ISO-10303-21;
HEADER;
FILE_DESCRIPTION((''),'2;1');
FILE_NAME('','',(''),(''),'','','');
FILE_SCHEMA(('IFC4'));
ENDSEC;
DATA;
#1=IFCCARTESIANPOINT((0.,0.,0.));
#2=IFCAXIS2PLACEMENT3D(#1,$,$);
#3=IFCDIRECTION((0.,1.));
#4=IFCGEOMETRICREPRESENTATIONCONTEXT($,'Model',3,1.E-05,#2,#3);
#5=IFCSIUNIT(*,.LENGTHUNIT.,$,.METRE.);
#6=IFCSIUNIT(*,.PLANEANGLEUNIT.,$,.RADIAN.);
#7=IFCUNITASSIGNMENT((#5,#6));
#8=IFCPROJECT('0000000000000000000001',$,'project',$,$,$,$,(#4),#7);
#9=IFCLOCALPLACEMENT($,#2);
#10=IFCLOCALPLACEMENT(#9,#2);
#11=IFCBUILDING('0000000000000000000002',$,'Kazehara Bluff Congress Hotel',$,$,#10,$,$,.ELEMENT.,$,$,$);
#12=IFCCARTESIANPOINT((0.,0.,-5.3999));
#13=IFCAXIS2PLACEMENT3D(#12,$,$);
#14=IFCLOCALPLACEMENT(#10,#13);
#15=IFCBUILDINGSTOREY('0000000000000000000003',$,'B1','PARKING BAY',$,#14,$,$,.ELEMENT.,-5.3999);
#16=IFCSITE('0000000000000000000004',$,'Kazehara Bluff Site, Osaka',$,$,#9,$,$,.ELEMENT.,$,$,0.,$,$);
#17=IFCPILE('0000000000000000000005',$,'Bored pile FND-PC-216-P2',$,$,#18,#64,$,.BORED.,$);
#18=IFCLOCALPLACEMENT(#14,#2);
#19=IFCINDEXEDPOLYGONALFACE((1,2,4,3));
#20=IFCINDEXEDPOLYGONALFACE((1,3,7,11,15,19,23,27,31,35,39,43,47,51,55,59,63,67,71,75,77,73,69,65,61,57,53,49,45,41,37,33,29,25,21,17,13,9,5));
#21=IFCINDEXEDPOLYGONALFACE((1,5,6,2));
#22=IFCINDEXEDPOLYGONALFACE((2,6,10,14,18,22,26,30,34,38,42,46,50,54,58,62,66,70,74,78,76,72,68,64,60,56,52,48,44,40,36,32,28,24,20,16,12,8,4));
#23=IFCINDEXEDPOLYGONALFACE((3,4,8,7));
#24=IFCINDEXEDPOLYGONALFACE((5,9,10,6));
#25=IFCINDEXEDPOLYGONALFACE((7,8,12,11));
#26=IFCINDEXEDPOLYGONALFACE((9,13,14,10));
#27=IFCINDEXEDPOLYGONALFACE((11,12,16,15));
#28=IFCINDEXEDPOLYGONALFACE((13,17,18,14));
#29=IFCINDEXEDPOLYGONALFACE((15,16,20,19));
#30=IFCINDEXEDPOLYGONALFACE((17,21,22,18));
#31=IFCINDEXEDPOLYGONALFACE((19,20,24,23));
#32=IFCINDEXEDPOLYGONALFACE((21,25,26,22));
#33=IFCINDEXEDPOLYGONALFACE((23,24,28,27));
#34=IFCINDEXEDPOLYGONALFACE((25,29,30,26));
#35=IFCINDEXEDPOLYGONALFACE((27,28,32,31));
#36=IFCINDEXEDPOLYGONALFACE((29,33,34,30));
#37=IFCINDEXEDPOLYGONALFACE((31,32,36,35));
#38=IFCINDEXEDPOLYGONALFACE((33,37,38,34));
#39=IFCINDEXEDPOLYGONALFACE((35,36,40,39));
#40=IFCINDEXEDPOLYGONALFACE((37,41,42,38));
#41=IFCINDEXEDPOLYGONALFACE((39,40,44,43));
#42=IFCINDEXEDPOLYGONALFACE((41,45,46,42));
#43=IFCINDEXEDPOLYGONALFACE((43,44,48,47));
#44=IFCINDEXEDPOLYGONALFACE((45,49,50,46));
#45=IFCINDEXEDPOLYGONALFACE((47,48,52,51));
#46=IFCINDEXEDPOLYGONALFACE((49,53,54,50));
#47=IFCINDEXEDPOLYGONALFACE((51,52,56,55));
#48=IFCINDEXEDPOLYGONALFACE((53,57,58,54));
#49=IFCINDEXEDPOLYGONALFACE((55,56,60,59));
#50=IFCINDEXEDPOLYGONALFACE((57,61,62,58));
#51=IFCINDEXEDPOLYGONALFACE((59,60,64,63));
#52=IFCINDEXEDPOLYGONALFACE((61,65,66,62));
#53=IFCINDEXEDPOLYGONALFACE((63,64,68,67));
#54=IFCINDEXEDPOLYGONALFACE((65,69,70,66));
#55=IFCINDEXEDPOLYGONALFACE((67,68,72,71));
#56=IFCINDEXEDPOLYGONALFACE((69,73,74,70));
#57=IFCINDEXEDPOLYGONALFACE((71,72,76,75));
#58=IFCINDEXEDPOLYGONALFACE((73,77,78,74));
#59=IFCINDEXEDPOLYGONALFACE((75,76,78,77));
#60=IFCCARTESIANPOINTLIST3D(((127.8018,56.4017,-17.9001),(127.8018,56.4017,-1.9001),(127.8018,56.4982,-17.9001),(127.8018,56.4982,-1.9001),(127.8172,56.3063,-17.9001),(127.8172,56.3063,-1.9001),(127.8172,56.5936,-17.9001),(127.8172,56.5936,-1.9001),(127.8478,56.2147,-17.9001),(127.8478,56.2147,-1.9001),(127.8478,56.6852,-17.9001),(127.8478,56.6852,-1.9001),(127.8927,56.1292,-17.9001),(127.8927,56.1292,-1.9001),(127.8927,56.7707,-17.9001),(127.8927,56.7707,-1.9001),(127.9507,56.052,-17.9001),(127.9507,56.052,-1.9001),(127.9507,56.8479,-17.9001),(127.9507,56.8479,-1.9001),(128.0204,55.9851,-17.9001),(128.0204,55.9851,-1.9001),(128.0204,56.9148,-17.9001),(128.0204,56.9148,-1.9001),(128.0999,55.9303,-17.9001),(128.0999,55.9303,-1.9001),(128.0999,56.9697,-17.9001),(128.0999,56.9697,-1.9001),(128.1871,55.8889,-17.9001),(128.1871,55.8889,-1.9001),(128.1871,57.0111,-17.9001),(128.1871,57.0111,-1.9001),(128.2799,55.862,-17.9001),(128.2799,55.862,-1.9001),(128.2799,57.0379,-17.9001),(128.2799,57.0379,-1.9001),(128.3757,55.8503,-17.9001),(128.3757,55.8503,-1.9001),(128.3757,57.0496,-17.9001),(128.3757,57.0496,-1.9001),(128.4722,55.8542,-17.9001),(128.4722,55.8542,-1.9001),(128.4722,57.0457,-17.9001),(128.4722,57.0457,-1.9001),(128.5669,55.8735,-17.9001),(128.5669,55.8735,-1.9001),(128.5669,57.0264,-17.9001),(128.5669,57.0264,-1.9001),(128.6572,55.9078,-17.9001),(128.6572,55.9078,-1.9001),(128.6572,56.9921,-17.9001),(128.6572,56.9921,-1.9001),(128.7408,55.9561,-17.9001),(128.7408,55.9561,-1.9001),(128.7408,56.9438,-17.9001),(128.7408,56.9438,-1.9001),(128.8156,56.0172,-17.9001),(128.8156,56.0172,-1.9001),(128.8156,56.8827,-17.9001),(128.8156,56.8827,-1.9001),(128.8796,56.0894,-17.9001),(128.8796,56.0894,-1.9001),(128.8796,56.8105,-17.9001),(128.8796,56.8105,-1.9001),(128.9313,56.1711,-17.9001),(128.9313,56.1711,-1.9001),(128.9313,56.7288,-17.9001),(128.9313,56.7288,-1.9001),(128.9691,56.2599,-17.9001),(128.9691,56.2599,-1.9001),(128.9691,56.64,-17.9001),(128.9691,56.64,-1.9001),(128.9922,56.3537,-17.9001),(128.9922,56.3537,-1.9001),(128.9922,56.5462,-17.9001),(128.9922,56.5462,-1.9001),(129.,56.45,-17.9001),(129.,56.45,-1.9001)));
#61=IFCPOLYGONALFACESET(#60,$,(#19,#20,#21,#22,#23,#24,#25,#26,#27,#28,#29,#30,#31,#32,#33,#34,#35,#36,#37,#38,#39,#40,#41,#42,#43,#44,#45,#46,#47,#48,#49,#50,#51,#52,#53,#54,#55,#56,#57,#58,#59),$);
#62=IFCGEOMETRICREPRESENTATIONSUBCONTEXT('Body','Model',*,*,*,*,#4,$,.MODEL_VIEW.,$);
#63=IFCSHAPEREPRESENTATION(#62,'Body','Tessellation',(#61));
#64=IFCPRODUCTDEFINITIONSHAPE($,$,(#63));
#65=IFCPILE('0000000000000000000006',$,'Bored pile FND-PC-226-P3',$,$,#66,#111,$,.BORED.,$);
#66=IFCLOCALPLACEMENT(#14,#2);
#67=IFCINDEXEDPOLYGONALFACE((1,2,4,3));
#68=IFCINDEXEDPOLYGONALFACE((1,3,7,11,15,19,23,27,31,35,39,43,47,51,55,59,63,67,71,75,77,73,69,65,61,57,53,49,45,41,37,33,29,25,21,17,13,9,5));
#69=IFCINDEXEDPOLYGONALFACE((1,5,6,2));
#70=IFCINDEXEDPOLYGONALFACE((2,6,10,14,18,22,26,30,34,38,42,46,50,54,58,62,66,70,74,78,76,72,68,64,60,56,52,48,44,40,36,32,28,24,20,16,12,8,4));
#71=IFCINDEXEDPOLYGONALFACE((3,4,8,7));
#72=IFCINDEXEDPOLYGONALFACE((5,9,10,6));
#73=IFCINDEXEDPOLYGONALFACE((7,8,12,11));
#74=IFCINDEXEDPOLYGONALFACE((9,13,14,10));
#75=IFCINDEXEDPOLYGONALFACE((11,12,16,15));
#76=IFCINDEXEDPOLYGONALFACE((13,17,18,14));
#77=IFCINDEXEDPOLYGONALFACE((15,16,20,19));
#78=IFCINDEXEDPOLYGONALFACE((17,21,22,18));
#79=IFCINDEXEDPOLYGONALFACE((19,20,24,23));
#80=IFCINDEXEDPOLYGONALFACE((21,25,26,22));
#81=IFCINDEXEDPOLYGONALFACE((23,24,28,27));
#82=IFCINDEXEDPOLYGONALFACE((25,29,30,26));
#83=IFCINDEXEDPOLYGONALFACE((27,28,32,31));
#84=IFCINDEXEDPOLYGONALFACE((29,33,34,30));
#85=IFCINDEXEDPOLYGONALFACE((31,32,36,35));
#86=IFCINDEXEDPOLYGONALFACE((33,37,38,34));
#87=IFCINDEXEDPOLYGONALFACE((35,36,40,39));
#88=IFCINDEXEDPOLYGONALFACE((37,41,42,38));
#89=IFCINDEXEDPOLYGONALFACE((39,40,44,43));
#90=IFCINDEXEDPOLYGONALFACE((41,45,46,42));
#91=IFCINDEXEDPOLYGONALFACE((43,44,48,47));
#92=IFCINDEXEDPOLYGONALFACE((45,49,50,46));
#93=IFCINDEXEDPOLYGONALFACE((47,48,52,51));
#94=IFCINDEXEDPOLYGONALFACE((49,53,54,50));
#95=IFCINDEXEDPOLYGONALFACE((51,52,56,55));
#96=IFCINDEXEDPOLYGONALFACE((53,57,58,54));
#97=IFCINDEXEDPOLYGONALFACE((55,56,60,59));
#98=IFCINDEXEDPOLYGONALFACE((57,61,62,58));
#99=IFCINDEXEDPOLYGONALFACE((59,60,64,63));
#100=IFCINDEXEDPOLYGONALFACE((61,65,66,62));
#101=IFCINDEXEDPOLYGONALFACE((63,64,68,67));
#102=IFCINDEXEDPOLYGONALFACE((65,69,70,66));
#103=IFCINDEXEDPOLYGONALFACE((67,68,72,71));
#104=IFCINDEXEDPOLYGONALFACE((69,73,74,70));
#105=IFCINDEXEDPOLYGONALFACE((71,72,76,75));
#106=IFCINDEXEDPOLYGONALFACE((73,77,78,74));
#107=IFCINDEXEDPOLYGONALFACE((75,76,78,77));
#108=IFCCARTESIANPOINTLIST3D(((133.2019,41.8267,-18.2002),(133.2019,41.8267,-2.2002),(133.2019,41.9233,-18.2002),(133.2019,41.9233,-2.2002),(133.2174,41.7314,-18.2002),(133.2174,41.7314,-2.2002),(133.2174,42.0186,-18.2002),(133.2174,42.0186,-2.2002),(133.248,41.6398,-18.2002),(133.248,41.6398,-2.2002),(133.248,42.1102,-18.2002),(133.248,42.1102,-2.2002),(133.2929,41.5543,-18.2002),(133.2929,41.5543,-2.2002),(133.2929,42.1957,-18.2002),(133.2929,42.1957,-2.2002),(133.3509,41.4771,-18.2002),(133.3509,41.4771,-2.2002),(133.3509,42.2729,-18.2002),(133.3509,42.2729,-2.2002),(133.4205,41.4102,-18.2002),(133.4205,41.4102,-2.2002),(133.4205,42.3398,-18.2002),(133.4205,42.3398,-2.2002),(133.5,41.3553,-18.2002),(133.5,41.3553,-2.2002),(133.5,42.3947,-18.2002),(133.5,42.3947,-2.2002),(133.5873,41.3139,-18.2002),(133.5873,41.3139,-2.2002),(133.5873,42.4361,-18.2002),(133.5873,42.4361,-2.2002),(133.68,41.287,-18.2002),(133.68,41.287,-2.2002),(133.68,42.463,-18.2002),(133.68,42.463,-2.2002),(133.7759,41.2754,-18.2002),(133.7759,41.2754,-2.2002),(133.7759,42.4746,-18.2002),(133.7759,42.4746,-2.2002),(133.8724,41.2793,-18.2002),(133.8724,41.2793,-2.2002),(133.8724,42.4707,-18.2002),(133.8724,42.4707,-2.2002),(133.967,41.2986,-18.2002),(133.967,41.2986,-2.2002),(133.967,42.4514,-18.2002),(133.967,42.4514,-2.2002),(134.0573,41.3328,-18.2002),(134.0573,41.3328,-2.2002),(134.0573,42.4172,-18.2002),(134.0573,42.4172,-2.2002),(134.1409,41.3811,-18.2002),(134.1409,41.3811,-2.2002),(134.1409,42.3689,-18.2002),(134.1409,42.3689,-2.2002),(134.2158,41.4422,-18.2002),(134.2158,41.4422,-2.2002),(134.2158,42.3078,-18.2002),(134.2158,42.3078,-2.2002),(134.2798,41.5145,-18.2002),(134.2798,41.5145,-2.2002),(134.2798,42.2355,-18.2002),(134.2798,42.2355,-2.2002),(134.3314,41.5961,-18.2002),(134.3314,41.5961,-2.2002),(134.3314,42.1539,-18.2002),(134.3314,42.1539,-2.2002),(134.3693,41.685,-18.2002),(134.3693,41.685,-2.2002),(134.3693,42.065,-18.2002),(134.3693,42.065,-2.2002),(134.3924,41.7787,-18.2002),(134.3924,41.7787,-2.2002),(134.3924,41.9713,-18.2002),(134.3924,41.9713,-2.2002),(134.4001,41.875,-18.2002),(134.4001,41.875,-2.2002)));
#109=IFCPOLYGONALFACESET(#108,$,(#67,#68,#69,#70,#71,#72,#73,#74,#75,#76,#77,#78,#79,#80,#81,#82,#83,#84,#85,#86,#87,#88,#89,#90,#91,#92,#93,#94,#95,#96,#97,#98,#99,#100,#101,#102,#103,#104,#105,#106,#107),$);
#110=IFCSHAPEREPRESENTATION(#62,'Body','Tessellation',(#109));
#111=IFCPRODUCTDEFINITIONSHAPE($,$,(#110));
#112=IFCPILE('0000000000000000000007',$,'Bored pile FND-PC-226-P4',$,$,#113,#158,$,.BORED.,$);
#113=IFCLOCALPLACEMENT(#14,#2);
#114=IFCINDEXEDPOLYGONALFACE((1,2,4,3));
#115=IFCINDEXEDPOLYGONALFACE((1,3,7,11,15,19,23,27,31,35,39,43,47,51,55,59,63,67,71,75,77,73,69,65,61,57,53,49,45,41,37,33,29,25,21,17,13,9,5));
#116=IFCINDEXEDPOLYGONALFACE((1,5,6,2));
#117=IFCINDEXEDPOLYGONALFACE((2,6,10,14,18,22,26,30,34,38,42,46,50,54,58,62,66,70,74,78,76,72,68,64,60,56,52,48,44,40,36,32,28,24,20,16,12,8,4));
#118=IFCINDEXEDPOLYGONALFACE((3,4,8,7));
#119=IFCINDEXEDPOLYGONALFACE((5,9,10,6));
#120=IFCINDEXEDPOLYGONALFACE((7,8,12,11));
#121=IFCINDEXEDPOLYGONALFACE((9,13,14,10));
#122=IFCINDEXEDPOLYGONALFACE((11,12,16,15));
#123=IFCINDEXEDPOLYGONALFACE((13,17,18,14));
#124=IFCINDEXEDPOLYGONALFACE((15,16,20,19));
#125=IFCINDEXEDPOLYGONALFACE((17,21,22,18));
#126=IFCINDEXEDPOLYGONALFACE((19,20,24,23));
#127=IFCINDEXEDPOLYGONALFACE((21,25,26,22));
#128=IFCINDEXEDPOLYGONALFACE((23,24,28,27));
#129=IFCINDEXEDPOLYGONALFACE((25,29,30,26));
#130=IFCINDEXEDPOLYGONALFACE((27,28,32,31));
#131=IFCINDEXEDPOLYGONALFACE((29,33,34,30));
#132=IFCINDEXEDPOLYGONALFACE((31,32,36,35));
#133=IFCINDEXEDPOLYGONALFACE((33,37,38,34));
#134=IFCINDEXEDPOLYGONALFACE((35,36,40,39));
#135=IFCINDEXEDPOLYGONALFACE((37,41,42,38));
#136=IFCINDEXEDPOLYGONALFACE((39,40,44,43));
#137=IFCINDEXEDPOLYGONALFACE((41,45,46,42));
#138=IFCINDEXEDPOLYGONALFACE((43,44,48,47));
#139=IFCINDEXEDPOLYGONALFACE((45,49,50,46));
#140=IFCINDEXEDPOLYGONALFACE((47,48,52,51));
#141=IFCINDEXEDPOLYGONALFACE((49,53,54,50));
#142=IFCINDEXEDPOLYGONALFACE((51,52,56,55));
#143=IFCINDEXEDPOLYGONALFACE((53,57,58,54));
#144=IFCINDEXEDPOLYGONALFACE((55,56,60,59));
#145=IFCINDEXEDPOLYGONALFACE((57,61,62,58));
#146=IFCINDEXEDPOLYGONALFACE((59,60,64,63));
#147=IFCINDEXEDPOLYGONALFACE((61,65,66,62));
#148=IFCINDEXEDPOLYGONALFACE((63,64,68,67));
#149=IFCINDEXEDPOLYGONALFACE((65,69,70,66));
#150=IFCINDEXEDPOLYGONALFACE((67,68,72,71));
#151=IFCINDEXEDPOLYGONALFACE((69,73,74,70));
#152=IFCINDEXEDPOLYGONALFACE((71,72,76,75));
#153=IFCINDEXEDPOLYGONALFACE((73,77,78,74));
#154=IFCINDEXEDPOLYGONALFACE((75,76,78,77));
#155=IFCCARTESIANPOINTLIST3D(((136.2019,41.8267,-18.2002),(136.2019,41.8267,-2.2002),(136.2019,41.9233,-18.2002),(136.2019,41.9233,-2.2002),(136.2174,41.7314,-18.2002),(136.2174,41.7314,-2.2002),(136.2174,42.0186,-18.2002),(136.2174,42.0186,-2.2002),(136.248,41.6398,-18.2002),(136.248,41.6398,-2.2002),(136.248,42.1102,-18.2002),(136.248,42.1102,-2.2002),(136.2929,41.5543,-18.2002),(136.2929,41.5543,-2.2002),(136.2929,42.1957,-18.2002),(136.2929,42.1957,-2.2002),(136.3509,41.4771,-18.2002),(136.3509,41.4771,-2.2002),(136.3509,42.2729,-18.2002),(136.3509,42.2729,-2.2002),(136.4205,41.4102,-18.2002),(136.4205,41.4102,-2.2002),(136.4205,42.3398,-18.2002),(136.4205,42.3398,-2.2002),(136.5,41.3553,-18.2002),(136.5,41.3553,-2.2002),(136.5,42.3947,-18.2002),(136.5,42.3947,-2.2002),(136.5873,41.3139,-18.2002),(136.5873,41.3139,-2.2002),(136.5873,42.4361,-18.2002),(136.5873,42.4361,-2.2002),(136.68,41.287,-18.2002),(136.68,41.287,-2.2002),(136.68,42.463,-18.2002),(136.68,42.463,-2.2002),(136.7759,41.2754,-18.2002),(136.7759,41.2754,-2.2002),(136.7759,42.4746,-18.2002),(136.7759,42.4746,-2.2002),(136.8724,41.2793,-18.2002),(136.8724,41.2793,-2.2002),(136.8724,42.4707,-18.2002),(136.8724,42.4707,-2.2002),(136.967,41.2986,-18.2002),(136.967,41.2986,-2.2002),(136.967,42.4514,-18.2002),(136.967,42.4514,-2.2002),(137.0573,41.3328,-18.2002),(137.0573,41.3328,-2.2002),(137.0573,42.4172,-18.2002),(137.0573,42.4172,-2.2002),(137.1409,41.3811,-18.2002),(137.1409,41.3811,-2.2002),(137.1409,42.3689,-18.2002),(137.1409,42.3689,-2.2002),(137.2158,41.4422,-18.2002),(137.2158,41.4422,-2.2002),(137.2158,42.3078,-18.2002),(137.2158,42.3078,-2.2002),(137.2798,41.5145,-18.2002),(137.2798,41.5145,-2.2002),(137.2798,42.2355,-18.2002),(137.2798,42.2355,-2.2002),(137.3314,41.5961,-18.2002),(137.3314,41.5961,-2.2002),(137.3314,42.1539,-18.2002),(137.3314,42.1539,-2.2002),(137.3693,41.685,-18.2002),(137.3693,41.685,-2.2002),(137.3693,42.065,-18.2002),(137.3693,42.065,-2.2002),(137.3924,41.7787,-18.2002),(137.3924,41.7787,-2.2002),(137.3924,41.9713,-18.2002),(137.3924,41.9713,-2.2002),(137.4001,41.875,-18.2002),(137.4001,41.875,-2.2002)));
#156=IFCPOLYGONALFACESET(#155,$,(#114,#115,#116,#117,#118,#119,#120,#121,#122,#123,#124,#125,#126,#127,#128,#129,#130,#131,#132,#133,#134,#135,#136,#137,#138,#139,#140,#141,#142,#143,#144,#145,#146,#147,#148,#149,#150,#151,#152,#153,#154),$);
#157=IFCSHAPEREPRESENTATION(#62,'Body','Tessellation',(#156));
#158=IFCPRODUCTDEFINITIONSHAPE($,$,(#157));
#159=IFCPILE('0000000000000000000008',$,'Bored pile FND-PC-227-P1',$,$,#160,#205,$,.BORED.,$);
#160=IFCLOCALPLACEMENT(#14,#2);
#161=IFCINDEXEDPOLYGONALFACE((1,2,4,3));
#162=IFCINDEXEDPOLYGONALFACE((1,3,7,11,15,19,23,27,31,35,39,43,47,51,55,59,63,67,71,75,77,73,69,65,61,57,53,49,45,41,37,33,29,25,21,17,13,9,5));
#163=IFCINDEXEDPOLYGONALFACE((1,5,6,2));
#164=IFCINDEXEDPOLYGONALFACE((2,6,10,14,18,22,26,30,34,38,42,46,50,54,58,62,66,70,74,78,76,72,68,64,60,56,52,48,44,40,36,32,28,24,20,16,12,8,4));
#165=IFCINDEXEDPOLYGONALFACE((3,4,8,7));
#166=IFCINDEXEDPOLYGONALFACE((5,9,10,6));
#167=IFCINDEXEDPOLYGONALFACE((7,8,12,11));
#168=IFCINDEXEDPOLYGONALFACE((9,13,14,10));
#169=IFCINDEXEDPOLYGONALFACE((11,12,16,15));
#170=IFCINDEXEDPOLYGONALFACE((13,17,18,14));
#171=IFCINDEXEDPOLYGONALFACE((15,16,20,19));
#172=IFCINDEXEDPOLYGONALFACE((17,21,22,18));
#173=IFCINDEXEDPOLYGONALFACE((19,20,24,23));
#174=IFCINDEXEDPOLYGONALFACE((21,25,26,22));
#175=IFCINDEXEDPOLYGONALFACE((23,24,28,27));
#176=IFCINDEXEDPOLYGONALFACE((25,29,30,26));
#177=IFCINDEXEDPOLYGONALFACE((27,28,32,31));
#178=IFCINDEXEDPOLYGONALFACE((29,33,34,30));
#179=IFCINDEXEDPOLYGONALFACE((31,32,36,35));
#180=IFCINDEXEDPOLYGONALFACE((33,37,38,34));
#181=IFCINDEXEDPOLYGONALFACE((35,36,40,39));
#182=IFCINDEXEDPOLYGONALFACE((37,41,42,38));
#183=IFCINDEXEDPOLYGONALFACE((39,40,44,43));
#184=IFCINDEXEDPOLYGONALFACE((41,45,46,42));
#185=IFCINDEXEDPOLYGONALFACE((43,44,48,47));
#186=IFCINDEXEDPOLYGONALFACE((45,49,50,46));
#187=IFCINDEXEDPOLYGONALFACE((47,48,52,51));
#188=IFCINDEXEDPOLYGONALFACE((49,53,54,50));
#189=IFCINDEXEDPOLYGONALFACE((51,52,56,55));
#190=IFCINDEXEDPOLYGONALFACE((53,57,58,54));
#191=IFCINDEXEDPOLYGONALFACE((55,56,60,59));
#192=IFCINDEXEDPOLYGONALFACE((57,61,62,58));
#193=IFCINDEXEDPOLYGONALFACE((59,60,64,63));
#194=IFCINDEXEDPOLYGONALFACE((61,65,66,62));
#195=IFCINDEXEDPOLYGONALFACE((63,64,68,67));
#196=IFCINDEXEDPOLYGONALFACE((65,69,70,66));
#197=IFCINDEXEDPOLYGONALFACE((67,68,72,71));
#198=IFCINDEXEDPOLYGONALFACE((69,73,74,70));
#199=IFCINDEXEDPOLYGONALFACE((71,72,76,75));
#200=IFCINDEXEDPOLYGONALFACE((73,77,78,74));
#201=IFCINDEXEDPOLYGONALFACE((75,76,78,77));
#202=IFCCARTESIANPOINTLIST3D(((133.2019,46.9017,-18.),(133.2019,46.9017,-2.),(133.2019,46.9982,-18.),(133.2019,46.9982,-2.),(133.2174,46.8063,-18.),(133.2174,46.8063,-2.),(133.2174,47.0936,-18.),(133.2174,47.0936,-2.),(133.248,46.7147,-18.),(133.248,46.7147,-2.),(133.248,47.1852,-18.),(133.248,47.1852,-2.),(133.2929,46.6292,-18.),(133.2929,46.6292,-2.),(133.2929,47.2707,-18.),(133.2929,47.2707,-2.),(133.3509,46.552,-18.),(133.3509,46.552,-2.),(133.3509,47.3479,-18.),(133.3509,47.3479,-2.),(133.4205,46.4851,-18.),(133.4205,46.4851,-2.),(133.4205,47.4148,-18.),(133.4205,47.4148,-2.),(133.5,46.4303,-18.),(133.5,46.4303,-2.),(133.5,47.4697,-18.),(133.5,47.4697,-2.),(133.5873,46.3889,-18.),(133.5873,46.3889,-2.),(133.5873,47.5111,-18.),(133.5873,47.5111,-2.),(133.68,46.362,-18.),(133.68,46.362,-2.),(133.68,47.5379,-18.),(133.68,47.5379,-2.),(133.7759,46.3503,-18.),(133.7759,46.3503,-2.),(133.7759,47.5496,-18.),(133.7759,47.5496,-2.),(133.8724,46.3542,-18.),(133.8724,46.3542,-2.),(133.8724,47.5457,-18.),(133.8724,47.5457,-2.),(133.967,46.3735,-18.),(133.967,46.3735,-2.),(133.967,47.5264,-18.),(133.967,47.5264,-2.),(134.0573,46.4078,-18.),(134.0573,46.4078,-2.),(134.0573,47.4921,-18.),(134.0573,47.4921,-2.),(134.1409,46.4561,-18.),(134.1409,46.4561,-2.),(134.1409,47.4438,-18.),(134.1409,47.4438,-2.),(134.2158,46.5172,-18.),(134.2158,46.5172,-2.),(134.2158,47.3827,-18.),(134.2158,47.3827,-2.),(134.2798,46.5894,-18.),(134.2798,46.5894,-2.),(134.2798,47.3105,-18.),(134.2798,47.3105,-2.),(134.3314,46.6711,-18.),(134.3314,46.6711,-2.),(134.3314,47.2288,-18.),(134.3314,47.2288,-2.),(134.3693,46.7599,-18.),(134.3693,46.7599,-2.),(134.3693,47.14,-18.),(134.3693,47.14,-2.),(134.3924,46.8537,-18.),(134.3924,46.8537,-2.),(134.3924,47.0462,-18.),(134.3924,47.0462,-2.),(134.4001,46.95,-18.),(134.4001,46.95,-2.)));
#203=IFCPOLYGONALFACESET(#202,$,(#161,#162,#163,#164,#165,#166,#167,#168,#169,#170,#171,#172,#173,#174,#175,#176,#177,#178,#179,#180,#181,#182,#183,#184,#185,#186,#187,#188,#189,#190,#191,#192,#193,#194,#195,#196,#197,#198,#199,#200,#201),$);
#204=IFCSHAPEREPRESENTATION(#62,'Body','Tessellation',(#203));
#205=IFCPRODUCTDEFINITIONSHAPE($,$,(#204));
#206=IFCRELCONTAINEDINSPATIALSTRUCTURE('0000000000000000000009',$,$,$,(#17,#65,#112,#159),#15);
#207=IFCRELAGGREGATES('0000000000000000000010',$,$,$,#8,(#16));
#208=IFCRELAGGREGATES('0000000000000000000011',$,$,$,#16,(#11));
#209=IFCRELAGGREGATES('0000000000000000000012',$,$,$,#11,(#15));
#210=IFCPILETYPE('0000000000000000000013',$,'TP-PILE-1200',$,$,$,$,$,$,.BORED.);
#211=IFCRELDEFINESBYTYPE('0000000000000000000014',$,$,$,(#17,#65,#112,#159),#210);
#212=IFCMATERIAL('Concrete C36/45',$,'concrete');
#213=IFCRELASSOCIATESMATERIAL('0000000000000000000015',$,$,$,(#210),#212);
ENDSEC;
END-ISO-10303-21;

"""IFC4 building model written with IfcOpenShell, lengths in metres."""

from ifc_helpers import new_model, si_unit, direction, frame, origin, origin_2d, place, context, subcontext, project, spatial, circle, extrude, material, material_profile, profile_set, type_object, element, save


model = new_model("IFC4")

# Units and contexts
model_context = context("Model", 3, precision=1e-05, world=origin(), true_north=direction((0.0, 1.0)))
body_context = subcontext(model_context, "Body", "Model", "MODEL_VIEW")
ifc_project = project(units=[si_unit("LENGTHUNIT", "METRE"), si_unit("PLANEANGLEUNIT", "RADIAN")], contexts=[model_context])

# Site, building, storey
site_placement = place(None, origin())
site = spatial("IfcSite", under=ifc_project, at=site_placement, Name="Kazehara Bluff Site, Osaka", CompositionType="ELEMENT", RefElevation=0.0)
building_placement = place(site_placement, origin())
building = spatial("IfcBuilding", under=site, at=building_placement, Name="Kazehara Bluff Congress Hotel", CompositionType="ELEMENT")
storey_placement = place(building_placement, frame((0.0, 0.0, -5.3999)))
storey = spatial("IfcBuildingStorey", under=building, at=storey_placement, Name="B1", Description="PARKING BAY", CompositionType="ELEMENT", Elevation=-5.3999)

# Piles
ifc_material_1 = material(Name="Concrete C36/45", Category="concrete")
ifc_material_profile_1 = material_profile(ifc_material_1, circle(Radius=0.6001, at=origin_2d()))
ifc_profile_set_1 = profile_set([ifc_material_profile_1], Name="Concrete C36/45")
pile_type = type_object("IfcPileType", Name="TP-PILE-1200", PredefinedType="BORED", material=ifc_profile_set_1)
for number, where, z_axis, x_axis, name in (
    (1, (128.3999, 56.45, -1.9001), (0.0, 0.0, -1.0), (1.0, 0.0, 0.0), "Bored pile FND-PC-216-P2"),
    (2, (133.8, 41.875, -2.2002), (0.0, 0.0, -1.0), (1.0, 0.0, 0.0), "Bored pile FND-PC-226-P3"),
    (3, (136.8, 41.875, -2.2002), (0.0, 0.0, -1.0), (1.0, 0.0, 0.0), "Bored pile FND-PC-226-P4"),
    (4, (133.8, 46.95, -2.0), (0.0, 0.0, -1.0), (1.0, 0.0, 0.0), "Bored pile FND-PC-227-P1"),
):
    element("IfcPile", number, at=place(storey_placement, frame(where, z_axis=z_axis, x_axis=x_axis)), inside=storey, type_object=pile_type, Name=name, PredefinedType="BORED", context=body_context, shape_type="SweptSolid", body=[
        extrude(circle(Radius=0.6001, at=origin_2d()), origin(), (0.0, 0.0, 1.0), 16.0),
    ])

save(model, "model.ifc")
